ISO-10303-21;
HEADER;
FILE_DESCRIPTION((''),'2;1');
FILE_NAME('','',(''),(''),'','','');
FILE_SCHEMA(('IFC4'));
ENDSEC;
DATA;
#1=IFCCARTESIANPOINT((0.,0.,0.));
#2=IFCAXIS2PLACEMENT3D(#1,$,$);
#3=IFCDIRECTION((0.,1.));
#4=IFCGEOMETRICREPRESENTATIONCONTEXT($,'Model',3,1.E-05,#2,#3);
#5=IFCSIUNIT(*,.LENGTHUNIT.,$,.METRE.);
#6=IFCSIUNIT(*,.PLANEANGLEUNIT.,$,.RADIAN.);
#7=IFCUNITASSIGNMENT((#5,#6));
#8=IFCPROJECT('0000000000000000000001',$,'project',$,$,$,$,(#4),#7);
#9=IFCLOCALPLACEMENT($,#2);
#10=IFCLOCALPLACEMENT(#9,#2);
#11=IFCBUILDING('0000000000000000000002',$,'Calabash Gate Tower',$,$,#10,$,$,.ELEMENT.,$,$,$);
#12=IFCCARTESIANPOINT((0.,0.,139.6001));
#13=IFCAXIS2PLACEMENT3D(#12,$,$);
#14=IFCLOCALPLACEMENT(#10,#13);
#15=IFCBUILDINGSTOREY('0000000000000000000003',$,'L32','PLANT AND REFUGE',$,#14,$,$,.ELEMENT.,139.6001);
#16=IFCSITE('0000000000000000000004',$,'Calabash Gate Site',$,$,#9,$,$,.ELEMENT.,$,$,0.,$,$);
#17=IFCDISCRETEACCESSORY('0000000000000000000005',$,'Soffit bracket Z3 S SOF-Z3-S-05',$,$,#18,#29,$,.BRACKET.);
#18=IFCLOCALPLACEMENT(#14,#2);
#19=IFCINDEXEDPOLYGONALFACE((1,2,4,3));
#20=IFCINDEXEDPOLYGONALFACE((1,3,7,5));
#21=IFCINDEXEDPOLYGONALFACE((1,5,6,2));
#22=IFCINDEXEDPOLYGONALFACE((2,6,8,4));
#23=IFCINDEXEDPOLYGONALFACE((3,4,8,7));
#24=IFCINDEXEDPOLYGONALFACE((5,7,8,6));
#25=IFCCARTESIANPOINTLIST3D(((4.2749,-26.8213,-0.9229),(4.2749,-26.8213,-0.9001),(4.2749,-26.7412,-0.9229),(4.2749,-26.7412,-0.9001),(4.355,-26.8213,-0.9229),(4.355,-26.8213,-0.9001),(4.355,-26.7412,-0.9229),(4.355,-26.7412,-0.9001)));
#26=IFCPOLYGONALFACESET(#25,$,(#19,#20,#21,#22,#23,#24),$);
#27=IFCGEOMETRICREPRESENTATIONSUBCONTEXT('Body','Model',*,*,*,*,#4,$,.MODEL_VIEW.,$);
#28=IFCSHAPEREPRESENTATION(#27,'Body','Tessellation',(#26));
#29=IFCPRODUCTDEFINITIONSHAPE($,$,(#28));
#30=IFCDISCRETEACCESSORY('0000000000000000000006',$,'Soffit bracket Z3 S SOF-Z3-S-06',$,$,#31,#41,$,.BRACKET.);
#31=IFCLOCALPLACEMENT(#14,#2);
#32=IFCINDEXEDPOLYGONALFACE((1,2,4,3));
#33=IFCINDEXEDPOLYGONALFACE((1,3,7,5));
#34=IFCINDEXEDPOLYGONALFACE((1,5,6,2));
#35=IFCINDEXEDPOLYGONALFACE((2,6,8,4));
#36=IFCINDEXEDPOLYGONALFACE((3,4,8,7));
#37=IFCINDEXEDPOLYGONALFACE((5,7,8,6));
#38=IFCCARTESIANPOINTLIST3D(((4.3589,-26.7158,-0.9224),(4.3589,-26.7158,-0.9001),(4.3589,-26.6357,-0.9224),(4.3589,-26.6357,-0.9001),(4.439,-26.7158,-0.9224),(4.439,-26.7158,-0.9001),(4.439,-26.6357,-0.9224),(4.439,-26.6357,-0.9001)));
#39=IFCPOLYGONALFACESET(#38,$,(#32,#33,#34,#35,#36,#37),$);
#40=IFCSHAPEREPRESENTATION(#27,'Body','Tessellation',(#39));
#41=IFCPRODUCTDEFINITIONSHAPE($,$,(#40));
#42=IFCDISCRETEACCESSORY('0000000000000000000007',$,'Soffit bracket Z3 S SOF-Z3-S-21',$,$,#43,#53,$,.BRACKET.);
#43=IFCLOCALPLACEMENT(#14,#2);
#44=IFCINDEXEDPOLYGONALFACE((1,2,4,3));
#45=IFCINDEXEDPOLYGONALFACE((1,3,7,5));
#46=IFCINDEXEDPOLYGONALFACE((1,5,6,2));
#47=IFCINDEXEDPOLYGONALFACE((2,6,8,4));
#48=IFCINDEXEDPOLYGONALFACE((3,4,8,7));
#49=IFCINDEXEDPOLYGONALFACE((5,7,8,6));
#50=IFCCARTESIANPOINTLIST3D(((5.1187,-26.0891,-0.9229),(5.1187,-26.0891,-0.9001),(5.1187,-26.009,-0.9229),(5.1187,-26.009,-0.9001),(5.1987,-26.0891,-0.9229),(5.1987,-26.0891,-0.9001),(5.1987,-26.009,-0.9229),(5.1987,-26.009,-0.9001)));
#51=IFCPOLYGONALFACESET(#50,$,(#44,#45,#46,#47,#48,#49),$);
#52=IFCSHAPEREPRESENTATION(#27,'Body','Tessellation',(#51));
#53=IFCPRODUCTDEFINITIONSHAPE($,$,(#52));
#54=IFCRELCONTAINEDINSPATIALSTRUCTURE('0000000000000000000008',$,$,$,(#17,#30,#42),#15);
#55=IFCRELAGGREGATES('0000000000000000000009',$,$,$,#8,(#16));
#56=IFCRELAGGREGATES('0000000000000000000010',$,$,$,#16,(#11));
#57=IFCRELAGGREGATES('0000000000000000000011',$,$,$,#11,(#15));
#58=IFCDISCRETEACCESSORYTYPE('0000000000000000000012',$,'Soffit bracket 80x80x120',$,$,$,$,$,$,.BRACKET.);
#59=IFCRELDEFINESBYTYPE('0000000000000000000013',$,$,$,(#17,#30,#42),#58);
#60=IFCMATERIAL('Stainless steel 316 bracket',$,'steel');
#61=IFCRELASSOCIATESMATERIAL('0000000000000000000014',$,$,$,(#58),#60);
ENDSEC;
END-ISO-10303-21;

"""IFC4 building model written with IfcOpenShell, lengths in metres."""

from ifc_helpers import new_model, si_unit, direction, frame, origin, origin_2d, place, context, subcontext, project, spatial, rectangle, extrude, material, type_object, element, save


model = new_model("IFC4")

# Units and contexts
model_context = context("Model", 3, precision=1e-05, world=origin(), true_north=direction((0.0, 1.0)))
body_context = subcontext(model_context, "Body", "Model", "MODEL_VIEW")
ifc_project = project(units=[si_unit("LENGTHUNIT", "METRE"), si_unit("PLANEANGLEUNIT", "RADIAN")], contexts=[model_context])

# Site, building, storey
site_placement = place(None, origin())
site = spatial("IfcSite", under=ifc_project, at=site_placement, Name="Calabash Gate Site", CompositionType="ELEMENT", RefElevation=0.0)
building_placement = place(site_placement, origin())
building = spatial("IfcBuilding", under=site, at=building_placement, Name="Calabash Gate Tower", CompositionType="ELEMENT")
storey_placement = place(building_placement, frame((0.0, 0.0, 139.6001)))
storey = spatial("IfcBuildingStorey", under=building, at=storey_placement, Name="L32", Description="PLANT AND REFUGE", CompositionType="ELEMENT", Elevation=139.6001)

# Discrete accessories
ifc_material_1 = material(Name="Stainless steel 316 bracket", Category="steel")
discrete_accessory_type_1 = type_object("IfcDiscreteAccessoryType", Name="Soffit bracket 80x80x120", PredefinedType="BRACKET", material=ifc_material_1)
discrete_accessory_1_placement = place(storey_placement, frame((4.3149, -26.7812, -0.9229), z_axis=(0.0, 0.0, 1.0), x_axis=(1.0, 0.0, 0.0)))
element("IfcDiscreteAccessory", 1, at=discrete_accessory_1_placement, inside=storey, type_object=discrete_accessory_type_1, Name="Soffit bracket Z3 S SOF-Z3-S-05", PredefinedType="BRACKET", context=body_context, shape_type="SweptSolid", body=[
    extrude(rectangle(XDim=0.0801, YDim=0.0801, at=origin_2d()), origin(), (0.0, 0.0, 1.0), 0.0227),
])
discrete_accessory_2_placement = place(storey_placement, frame((4.3989, -26.6758, -0.9224), z_axis=(0.0, 0.0, 1.0), x_axis=(1.0, 0.0, 0.0)))
element("IfcDiscreteAccessory", 2, at=discrete_accessory_2_placement, inside=storey, type_object=discrete_accessory_type_1, Name="Soffit bracket Z3 S SOF-Z3-S-06", PredefinedType="BRACKET", context=body_context, shape_type="SweptSolid", body=[
    extrude(rectangle(XDim=0.0801, YDim=0.0801, at=origin_2d()), origin(), (0.0, 0.0, 1.0), 0.0222),
])
discrete_accessory_3_placement = place(storey_placement, frame((5.1587, -26.0491, -0.9229), z_axis=(0.0, 0.0, 1.0), x_axis=(1.0, 0.0, 0.0)))
element("IfcDiscreteAccessory", 3, at=discrete_accessory_3_placement, inside=storey, type_object=discrete_accessory_type_1, Name="Soffit bracket Z3 S SOF-Z3-S-21", PredefinedType="BRACKET", context=body_context, shape_type="SweptSolid", body=[
    extrude(rectangle(XDim=0.0801, YDim=0.0801, at=origin_2d()), origin(), (0.0, 0.0, 1.0), 0.0227),
])

save(model, "model.ifc")
